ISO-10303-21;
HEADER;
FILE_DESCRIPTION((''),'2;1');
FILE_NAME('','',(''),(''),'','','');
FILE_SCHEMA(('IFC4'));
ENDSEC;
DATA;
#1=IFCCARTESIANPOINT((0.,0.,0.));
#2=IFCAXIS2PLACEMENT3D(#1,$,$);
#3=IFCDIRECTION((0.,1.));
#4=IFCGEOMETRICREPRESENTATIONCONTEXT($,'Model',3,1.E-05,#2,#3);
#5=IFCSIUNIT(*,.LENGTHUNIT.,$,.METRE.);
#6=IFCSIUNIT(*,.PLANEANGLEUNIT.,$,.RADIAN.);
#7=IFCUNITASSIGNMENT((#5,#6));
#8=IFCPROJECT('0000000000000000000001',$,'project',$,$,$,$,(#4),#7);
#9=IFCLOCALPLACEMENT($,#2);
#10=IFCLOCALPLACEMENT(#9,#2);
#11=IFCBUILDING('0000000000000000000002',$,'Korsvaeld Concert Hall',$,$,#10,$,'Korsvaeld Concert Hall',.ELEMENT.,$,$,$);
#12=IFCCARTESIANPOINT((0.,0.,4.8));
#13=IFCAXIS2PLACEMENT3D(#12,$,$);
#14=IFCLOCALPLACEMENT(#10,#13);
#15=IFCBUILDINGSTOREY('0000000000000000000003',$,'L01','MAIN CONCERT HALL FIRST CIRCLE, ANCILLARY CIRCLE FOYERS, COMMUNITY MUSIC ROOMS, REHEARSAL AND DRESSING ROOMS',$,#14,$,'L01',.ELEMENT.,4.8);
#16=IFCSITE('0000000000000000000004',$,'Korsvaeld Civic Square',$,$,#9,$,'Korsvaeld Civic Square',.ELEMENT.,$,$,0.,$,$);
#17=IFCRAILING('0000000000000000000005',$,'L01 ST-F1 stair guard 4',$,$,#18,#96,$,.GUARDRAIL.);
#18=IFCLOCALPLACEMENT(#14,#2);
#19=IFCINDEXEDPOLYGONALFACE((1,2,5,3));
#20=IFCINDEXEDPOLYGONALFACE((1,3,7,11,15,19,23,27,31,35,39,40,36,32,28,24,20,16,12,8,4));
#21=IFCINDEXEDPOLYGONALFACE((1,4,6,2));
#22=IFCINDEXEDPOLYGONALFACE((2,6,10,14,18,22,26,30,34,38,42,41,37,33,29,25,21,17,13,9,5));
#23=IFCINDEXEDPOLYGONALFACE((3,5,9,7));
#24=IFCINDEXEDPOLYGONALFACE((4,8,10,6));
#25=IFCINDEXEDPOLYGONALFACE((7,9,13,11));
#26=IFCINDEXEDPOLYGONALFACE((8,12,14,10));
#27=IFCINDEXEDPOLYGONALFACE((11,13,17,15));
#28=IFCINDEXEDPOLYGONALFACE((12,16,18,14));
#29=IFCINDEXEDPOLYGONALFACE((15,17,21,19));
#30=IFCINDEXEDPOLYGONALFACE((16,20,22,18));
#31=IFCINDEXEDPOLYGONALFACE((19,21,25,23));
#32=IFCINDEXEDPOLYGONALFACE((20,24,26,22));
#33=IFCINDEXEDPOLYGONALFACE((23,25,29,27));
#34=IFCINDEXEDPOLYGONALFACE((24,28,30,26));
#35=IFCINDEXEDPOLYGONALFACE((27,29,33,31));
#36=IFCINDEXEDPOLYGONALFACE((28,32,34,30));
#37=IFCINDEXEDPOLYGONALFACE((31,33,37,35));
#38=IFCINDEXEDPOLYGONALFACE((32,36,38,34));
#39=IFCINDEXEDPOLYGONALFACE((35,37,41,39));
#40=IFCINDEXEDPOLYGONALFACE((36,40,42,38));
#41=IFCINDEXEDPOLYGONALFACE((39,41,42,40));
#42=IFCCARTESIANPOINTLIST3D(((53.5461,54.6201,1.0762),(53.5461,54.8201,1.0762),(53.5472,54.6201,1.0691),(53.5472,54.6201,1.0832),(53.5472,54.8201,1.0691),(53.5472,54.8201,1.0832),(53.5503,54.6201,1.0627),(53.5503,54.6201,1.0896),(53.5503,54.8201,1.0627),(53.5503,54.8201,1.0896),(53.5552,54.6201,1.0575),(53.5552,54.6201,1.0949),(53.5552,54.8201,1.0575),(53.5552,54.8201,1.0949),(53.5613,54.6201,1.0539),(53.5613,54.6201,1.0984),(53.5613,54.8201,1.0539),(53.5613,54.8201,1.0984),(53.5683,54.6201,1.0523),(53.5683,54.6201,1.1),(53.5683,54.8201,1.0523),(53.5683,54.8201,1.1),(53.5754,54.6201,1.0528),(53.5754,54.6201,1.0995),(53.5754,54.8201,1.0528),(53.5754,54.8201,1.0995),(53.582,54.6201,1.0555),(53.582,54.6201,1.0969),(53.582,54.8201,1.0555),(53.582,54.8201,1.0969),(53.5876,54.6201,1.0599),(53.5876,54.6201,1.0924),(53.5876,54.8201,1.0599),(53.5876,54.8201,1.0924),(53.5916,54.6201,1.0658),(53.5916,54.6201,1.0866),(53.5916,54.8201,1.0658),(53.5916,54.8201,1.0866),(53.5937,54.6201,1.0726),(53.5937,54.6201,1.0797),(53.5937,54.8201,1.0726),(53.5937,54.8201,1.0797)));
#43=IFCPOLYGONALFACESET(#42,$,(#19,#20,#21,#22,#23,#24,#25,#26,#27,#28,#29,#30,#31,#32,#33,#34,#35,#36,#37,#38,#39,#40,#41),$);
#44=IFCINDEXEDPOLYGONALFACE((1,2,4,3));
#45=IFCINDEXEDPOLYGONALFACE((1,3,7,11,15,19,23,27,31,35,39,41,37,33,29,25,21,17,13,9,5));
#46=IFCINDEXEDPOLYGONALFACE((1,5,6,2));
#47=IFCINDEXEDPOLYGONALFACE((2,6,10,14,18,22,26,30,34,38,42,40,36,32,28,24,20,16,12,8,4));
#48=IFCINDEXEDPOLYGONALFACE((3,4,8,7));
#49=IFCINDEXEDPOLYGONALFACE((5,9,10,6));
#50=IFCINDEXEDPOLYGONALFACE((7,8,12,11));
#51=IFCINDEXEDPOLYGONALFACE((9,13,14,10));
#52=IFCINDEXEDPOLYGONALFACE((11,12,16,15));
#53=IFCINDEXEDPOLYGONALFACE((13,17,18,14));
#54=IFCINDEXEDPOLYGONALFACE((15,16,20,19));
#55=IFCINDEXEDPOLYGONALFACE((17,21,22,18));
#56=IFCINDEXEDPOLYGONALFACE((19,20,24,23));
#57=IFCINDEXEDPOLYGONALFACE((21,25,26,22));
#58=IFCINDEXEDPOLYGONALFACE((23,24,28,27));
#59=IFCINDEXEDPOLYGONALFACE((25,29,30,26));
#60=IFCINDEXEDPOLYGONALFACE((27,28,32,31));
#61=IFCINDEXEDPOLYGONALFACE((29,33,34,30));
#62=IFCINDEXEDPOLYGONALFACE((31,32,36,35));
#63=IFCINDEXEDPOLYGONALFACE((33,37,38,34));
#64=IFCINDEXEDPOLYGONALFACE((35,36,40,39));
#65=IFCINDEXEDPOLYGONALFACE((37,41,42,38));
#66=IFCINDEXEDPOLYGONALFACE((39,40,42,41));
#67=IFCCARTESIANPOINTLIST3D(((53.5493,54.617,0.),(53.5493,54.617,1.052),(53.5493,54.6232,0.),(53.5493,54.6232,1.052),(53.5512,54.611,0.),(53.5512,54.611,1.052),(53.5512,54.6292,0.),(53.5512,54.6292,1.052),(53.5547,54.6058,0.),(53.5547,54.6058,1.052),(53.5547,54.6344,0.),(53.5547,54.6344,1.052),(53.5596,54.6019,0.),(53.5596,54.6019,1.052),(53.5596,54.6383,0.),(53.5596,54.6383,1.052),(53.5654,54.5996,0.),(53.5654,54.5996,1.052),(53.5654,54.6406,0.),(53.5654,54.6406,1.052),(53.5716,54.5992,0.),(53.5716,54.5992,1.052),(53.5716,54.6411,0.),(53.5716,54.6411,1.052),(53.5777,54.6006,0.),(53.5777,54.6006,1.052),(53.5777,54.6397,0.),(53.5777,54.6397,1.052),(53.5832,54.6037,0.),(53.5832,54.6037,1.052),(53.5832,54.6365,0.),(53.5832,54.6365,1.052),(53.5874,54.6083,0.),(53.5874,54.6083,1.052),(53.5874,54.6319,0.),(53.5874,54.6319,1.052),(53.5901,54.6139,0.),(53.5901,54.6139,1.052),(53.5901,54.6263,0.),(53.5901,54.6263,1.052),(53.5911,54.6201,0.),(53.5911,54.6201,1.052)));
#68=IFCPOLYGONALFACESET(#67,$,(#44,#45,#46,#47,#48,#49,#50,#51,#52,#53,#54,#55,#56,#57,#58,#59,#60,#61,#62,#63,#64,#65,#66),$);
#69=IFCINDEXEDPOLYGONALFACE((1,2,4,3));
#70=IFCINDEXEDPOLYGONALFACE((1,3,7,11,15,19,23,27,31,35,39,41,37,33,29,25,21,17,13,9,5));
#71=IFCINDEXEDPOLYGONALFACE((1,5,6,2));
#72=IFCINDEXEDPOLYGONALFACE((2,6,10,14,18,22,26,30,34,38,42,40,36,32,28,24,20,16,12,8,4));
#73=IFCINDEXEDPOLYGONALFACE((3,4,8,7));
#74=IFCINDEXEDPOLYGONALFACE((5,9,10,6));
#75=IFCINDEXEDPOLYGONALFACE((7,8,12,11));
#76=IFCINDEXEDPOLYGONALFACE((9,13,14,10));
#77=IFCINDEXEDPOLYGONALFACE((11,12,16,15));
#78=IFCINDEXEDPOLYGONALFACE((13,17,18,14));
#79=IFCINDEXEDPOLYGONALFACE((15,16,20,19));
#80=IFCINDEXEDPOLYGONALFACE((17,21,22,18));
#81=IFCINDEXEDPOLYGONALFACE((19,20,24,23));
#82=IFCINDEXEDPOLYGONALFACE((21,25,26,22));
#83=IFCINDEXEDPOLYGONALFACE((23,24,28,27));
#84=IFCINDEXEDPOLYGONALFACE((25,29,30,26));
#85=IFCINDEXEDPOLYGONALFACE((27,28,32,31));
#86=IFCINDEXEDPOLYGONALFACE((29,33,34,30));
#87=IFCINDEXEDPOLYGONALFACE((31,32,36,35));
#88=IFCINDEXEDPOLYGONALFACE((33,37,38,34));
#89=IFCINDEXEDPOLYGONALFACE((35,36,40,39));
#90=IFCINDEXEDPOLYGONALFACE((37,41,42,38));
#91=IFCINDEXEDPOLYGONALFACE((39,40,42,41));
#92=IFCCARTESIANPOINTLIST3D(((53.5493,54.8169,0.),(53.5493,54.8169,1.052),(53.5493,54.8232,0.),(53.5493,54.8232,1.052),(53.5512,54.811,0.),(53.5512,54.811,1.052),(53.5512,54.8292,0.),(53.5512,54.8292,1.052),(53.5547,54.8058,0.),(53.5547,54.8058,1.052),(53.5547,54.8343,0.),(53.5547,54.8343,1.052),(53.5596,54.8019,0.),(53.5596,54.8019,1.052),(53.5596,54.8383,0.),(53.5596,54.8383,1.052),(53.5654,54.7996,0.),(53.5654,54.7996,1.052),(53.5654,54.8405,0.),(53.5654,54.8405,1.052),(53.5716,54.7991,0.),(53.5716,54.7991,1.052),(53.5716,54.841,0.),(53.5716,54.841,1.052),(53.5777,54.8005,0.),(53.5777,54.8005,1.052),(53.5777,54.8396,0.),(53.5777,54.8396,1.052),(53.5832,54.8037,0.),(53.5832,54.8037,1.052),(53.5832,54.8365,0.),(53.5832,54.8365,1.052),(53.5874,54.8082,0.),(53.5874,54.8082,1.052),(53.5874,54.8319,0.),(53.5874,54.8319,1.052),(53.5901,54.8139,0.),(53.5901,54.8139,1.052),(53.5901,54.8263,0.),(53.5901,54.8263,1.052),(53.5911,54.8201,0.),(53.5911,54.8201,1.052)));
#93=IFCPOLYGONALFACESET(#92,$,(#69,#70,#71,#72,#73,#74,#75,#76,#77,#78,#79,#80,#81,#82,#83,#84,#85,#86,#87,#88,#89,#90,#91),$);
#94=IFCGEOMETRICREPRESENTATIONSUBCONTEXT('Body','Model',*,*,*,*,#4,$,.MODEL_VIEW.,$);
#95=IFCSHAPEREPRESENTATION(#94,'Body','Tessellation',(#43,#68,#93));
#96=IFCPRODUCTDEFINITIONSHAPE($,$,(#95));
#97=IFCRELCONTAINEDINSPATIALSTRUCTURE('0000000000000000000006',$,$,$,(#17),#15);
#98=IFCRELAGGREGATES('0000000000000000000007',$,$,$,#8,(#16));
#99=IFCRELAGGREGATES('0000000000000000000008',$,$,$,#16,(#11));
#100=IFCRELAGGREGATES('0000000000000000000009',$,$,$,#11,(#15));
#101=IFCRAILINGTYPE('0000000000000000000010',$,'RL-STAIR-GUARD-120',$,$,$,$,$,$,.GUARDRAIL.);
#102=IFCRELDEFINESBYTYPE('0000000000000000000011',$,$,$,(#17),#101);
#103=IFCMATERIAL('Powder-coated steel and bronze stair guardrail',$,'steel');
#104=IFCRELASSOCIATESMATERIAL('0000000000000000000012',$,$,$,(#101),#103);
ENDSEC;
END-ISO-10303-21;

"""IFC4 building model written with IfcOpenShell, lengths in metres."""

from ifc_helpers import new_model, si_unit, direction, frame, origin, origin_2d, place, context, subcontext, project, spatial, circle, extrude, material, type_object, element, save


model = new_model("IFC4")

# Units and contexts
model_context = context("Model", 3, precision=1e-05, world=origin(), true_north=direction((0.0, 1.0)))
body_context = subcontext(model_context, "Body", "Model", "MODEL_VIEW")
ifc_project = project(units=[si_unit("LENGTHUNIT", "METRE"), si_unit("PLANEANGLEUNIT", "RADIAN")], contexts=[model_context])

# Site, building, storey
site_placement = place(None, origin())
site = spatial("IfcSite", under=ifc_project, at=site_placement, Name="Korsvaeld Civic Square", LongName="Korsvaeld Civic Square", CompositionType="ELEMENT", RefElevation=0.0)
building_placement = place(site_placement, origin())
building = spatial("IfcBuilding", under=site, at=building_placement, Name="Korsvaeld Concert Hall", LongName="Korsvaeld Concert Hall", CompositionType="ELEMENT")
storey_placement = place(building_placement, frame((0.0, 0.0, 4.8)))
storey = spatial("IfcBuildingStorey", under=building, at=storey_placement, Name="L01", Description="MAIN CONCERT HALL FIRST CIRCLE, ANCILLARY CIRCLE FOYERS, COMMUNITY MUSIC ROOMS, REHEARSAL AND DRESSING ROOMS", LongName="L01", CompositionType="ELEMENT", Elevation=4.8)

# Railing
ifc_material_1 = material(Name="Powder-coated steel and bronze stair guardrail", Category="steel")
railing_type_1 = type_object("IfcRailingType", Name="RL-STAIR-GUARD-120", PredefinedType="GUARDRAIL", material=ifc_material_1)
railing_1_placement = place(storey_placement, frame((53.5701, 54.6201, 0.0)))
element("IfcRailing", 1, at=railing_1_placement, inside=storey, type_object=railing_type_1, Name="L01 ST-F1 stair guard 4", PredefinedType="GUARDRAIL", context=body_context, shape_type="SweptSolid", body=[
    extrude(circle(Radius=0.0239, at=origin_2d()), frame((0.0, 0.0, 1.0762), z_axis=(0.0, 1.0, 0.0), x_axis=(-1.0, 0.0, 0.0)), (0.0, 0.0, 1.0), 0.2),
    extrude(circle(Radius=0.021, at=origin_2d()), origin(), (0.0, 0.0, 1.0), 1.052),
    extrude(circle(Radius=0.021, at=origin_2d()), frame((0.0, 0.2, 0.0)), (0.0, 0.0, 1.0), 1.052),
])

save(model, "model.ifc")
